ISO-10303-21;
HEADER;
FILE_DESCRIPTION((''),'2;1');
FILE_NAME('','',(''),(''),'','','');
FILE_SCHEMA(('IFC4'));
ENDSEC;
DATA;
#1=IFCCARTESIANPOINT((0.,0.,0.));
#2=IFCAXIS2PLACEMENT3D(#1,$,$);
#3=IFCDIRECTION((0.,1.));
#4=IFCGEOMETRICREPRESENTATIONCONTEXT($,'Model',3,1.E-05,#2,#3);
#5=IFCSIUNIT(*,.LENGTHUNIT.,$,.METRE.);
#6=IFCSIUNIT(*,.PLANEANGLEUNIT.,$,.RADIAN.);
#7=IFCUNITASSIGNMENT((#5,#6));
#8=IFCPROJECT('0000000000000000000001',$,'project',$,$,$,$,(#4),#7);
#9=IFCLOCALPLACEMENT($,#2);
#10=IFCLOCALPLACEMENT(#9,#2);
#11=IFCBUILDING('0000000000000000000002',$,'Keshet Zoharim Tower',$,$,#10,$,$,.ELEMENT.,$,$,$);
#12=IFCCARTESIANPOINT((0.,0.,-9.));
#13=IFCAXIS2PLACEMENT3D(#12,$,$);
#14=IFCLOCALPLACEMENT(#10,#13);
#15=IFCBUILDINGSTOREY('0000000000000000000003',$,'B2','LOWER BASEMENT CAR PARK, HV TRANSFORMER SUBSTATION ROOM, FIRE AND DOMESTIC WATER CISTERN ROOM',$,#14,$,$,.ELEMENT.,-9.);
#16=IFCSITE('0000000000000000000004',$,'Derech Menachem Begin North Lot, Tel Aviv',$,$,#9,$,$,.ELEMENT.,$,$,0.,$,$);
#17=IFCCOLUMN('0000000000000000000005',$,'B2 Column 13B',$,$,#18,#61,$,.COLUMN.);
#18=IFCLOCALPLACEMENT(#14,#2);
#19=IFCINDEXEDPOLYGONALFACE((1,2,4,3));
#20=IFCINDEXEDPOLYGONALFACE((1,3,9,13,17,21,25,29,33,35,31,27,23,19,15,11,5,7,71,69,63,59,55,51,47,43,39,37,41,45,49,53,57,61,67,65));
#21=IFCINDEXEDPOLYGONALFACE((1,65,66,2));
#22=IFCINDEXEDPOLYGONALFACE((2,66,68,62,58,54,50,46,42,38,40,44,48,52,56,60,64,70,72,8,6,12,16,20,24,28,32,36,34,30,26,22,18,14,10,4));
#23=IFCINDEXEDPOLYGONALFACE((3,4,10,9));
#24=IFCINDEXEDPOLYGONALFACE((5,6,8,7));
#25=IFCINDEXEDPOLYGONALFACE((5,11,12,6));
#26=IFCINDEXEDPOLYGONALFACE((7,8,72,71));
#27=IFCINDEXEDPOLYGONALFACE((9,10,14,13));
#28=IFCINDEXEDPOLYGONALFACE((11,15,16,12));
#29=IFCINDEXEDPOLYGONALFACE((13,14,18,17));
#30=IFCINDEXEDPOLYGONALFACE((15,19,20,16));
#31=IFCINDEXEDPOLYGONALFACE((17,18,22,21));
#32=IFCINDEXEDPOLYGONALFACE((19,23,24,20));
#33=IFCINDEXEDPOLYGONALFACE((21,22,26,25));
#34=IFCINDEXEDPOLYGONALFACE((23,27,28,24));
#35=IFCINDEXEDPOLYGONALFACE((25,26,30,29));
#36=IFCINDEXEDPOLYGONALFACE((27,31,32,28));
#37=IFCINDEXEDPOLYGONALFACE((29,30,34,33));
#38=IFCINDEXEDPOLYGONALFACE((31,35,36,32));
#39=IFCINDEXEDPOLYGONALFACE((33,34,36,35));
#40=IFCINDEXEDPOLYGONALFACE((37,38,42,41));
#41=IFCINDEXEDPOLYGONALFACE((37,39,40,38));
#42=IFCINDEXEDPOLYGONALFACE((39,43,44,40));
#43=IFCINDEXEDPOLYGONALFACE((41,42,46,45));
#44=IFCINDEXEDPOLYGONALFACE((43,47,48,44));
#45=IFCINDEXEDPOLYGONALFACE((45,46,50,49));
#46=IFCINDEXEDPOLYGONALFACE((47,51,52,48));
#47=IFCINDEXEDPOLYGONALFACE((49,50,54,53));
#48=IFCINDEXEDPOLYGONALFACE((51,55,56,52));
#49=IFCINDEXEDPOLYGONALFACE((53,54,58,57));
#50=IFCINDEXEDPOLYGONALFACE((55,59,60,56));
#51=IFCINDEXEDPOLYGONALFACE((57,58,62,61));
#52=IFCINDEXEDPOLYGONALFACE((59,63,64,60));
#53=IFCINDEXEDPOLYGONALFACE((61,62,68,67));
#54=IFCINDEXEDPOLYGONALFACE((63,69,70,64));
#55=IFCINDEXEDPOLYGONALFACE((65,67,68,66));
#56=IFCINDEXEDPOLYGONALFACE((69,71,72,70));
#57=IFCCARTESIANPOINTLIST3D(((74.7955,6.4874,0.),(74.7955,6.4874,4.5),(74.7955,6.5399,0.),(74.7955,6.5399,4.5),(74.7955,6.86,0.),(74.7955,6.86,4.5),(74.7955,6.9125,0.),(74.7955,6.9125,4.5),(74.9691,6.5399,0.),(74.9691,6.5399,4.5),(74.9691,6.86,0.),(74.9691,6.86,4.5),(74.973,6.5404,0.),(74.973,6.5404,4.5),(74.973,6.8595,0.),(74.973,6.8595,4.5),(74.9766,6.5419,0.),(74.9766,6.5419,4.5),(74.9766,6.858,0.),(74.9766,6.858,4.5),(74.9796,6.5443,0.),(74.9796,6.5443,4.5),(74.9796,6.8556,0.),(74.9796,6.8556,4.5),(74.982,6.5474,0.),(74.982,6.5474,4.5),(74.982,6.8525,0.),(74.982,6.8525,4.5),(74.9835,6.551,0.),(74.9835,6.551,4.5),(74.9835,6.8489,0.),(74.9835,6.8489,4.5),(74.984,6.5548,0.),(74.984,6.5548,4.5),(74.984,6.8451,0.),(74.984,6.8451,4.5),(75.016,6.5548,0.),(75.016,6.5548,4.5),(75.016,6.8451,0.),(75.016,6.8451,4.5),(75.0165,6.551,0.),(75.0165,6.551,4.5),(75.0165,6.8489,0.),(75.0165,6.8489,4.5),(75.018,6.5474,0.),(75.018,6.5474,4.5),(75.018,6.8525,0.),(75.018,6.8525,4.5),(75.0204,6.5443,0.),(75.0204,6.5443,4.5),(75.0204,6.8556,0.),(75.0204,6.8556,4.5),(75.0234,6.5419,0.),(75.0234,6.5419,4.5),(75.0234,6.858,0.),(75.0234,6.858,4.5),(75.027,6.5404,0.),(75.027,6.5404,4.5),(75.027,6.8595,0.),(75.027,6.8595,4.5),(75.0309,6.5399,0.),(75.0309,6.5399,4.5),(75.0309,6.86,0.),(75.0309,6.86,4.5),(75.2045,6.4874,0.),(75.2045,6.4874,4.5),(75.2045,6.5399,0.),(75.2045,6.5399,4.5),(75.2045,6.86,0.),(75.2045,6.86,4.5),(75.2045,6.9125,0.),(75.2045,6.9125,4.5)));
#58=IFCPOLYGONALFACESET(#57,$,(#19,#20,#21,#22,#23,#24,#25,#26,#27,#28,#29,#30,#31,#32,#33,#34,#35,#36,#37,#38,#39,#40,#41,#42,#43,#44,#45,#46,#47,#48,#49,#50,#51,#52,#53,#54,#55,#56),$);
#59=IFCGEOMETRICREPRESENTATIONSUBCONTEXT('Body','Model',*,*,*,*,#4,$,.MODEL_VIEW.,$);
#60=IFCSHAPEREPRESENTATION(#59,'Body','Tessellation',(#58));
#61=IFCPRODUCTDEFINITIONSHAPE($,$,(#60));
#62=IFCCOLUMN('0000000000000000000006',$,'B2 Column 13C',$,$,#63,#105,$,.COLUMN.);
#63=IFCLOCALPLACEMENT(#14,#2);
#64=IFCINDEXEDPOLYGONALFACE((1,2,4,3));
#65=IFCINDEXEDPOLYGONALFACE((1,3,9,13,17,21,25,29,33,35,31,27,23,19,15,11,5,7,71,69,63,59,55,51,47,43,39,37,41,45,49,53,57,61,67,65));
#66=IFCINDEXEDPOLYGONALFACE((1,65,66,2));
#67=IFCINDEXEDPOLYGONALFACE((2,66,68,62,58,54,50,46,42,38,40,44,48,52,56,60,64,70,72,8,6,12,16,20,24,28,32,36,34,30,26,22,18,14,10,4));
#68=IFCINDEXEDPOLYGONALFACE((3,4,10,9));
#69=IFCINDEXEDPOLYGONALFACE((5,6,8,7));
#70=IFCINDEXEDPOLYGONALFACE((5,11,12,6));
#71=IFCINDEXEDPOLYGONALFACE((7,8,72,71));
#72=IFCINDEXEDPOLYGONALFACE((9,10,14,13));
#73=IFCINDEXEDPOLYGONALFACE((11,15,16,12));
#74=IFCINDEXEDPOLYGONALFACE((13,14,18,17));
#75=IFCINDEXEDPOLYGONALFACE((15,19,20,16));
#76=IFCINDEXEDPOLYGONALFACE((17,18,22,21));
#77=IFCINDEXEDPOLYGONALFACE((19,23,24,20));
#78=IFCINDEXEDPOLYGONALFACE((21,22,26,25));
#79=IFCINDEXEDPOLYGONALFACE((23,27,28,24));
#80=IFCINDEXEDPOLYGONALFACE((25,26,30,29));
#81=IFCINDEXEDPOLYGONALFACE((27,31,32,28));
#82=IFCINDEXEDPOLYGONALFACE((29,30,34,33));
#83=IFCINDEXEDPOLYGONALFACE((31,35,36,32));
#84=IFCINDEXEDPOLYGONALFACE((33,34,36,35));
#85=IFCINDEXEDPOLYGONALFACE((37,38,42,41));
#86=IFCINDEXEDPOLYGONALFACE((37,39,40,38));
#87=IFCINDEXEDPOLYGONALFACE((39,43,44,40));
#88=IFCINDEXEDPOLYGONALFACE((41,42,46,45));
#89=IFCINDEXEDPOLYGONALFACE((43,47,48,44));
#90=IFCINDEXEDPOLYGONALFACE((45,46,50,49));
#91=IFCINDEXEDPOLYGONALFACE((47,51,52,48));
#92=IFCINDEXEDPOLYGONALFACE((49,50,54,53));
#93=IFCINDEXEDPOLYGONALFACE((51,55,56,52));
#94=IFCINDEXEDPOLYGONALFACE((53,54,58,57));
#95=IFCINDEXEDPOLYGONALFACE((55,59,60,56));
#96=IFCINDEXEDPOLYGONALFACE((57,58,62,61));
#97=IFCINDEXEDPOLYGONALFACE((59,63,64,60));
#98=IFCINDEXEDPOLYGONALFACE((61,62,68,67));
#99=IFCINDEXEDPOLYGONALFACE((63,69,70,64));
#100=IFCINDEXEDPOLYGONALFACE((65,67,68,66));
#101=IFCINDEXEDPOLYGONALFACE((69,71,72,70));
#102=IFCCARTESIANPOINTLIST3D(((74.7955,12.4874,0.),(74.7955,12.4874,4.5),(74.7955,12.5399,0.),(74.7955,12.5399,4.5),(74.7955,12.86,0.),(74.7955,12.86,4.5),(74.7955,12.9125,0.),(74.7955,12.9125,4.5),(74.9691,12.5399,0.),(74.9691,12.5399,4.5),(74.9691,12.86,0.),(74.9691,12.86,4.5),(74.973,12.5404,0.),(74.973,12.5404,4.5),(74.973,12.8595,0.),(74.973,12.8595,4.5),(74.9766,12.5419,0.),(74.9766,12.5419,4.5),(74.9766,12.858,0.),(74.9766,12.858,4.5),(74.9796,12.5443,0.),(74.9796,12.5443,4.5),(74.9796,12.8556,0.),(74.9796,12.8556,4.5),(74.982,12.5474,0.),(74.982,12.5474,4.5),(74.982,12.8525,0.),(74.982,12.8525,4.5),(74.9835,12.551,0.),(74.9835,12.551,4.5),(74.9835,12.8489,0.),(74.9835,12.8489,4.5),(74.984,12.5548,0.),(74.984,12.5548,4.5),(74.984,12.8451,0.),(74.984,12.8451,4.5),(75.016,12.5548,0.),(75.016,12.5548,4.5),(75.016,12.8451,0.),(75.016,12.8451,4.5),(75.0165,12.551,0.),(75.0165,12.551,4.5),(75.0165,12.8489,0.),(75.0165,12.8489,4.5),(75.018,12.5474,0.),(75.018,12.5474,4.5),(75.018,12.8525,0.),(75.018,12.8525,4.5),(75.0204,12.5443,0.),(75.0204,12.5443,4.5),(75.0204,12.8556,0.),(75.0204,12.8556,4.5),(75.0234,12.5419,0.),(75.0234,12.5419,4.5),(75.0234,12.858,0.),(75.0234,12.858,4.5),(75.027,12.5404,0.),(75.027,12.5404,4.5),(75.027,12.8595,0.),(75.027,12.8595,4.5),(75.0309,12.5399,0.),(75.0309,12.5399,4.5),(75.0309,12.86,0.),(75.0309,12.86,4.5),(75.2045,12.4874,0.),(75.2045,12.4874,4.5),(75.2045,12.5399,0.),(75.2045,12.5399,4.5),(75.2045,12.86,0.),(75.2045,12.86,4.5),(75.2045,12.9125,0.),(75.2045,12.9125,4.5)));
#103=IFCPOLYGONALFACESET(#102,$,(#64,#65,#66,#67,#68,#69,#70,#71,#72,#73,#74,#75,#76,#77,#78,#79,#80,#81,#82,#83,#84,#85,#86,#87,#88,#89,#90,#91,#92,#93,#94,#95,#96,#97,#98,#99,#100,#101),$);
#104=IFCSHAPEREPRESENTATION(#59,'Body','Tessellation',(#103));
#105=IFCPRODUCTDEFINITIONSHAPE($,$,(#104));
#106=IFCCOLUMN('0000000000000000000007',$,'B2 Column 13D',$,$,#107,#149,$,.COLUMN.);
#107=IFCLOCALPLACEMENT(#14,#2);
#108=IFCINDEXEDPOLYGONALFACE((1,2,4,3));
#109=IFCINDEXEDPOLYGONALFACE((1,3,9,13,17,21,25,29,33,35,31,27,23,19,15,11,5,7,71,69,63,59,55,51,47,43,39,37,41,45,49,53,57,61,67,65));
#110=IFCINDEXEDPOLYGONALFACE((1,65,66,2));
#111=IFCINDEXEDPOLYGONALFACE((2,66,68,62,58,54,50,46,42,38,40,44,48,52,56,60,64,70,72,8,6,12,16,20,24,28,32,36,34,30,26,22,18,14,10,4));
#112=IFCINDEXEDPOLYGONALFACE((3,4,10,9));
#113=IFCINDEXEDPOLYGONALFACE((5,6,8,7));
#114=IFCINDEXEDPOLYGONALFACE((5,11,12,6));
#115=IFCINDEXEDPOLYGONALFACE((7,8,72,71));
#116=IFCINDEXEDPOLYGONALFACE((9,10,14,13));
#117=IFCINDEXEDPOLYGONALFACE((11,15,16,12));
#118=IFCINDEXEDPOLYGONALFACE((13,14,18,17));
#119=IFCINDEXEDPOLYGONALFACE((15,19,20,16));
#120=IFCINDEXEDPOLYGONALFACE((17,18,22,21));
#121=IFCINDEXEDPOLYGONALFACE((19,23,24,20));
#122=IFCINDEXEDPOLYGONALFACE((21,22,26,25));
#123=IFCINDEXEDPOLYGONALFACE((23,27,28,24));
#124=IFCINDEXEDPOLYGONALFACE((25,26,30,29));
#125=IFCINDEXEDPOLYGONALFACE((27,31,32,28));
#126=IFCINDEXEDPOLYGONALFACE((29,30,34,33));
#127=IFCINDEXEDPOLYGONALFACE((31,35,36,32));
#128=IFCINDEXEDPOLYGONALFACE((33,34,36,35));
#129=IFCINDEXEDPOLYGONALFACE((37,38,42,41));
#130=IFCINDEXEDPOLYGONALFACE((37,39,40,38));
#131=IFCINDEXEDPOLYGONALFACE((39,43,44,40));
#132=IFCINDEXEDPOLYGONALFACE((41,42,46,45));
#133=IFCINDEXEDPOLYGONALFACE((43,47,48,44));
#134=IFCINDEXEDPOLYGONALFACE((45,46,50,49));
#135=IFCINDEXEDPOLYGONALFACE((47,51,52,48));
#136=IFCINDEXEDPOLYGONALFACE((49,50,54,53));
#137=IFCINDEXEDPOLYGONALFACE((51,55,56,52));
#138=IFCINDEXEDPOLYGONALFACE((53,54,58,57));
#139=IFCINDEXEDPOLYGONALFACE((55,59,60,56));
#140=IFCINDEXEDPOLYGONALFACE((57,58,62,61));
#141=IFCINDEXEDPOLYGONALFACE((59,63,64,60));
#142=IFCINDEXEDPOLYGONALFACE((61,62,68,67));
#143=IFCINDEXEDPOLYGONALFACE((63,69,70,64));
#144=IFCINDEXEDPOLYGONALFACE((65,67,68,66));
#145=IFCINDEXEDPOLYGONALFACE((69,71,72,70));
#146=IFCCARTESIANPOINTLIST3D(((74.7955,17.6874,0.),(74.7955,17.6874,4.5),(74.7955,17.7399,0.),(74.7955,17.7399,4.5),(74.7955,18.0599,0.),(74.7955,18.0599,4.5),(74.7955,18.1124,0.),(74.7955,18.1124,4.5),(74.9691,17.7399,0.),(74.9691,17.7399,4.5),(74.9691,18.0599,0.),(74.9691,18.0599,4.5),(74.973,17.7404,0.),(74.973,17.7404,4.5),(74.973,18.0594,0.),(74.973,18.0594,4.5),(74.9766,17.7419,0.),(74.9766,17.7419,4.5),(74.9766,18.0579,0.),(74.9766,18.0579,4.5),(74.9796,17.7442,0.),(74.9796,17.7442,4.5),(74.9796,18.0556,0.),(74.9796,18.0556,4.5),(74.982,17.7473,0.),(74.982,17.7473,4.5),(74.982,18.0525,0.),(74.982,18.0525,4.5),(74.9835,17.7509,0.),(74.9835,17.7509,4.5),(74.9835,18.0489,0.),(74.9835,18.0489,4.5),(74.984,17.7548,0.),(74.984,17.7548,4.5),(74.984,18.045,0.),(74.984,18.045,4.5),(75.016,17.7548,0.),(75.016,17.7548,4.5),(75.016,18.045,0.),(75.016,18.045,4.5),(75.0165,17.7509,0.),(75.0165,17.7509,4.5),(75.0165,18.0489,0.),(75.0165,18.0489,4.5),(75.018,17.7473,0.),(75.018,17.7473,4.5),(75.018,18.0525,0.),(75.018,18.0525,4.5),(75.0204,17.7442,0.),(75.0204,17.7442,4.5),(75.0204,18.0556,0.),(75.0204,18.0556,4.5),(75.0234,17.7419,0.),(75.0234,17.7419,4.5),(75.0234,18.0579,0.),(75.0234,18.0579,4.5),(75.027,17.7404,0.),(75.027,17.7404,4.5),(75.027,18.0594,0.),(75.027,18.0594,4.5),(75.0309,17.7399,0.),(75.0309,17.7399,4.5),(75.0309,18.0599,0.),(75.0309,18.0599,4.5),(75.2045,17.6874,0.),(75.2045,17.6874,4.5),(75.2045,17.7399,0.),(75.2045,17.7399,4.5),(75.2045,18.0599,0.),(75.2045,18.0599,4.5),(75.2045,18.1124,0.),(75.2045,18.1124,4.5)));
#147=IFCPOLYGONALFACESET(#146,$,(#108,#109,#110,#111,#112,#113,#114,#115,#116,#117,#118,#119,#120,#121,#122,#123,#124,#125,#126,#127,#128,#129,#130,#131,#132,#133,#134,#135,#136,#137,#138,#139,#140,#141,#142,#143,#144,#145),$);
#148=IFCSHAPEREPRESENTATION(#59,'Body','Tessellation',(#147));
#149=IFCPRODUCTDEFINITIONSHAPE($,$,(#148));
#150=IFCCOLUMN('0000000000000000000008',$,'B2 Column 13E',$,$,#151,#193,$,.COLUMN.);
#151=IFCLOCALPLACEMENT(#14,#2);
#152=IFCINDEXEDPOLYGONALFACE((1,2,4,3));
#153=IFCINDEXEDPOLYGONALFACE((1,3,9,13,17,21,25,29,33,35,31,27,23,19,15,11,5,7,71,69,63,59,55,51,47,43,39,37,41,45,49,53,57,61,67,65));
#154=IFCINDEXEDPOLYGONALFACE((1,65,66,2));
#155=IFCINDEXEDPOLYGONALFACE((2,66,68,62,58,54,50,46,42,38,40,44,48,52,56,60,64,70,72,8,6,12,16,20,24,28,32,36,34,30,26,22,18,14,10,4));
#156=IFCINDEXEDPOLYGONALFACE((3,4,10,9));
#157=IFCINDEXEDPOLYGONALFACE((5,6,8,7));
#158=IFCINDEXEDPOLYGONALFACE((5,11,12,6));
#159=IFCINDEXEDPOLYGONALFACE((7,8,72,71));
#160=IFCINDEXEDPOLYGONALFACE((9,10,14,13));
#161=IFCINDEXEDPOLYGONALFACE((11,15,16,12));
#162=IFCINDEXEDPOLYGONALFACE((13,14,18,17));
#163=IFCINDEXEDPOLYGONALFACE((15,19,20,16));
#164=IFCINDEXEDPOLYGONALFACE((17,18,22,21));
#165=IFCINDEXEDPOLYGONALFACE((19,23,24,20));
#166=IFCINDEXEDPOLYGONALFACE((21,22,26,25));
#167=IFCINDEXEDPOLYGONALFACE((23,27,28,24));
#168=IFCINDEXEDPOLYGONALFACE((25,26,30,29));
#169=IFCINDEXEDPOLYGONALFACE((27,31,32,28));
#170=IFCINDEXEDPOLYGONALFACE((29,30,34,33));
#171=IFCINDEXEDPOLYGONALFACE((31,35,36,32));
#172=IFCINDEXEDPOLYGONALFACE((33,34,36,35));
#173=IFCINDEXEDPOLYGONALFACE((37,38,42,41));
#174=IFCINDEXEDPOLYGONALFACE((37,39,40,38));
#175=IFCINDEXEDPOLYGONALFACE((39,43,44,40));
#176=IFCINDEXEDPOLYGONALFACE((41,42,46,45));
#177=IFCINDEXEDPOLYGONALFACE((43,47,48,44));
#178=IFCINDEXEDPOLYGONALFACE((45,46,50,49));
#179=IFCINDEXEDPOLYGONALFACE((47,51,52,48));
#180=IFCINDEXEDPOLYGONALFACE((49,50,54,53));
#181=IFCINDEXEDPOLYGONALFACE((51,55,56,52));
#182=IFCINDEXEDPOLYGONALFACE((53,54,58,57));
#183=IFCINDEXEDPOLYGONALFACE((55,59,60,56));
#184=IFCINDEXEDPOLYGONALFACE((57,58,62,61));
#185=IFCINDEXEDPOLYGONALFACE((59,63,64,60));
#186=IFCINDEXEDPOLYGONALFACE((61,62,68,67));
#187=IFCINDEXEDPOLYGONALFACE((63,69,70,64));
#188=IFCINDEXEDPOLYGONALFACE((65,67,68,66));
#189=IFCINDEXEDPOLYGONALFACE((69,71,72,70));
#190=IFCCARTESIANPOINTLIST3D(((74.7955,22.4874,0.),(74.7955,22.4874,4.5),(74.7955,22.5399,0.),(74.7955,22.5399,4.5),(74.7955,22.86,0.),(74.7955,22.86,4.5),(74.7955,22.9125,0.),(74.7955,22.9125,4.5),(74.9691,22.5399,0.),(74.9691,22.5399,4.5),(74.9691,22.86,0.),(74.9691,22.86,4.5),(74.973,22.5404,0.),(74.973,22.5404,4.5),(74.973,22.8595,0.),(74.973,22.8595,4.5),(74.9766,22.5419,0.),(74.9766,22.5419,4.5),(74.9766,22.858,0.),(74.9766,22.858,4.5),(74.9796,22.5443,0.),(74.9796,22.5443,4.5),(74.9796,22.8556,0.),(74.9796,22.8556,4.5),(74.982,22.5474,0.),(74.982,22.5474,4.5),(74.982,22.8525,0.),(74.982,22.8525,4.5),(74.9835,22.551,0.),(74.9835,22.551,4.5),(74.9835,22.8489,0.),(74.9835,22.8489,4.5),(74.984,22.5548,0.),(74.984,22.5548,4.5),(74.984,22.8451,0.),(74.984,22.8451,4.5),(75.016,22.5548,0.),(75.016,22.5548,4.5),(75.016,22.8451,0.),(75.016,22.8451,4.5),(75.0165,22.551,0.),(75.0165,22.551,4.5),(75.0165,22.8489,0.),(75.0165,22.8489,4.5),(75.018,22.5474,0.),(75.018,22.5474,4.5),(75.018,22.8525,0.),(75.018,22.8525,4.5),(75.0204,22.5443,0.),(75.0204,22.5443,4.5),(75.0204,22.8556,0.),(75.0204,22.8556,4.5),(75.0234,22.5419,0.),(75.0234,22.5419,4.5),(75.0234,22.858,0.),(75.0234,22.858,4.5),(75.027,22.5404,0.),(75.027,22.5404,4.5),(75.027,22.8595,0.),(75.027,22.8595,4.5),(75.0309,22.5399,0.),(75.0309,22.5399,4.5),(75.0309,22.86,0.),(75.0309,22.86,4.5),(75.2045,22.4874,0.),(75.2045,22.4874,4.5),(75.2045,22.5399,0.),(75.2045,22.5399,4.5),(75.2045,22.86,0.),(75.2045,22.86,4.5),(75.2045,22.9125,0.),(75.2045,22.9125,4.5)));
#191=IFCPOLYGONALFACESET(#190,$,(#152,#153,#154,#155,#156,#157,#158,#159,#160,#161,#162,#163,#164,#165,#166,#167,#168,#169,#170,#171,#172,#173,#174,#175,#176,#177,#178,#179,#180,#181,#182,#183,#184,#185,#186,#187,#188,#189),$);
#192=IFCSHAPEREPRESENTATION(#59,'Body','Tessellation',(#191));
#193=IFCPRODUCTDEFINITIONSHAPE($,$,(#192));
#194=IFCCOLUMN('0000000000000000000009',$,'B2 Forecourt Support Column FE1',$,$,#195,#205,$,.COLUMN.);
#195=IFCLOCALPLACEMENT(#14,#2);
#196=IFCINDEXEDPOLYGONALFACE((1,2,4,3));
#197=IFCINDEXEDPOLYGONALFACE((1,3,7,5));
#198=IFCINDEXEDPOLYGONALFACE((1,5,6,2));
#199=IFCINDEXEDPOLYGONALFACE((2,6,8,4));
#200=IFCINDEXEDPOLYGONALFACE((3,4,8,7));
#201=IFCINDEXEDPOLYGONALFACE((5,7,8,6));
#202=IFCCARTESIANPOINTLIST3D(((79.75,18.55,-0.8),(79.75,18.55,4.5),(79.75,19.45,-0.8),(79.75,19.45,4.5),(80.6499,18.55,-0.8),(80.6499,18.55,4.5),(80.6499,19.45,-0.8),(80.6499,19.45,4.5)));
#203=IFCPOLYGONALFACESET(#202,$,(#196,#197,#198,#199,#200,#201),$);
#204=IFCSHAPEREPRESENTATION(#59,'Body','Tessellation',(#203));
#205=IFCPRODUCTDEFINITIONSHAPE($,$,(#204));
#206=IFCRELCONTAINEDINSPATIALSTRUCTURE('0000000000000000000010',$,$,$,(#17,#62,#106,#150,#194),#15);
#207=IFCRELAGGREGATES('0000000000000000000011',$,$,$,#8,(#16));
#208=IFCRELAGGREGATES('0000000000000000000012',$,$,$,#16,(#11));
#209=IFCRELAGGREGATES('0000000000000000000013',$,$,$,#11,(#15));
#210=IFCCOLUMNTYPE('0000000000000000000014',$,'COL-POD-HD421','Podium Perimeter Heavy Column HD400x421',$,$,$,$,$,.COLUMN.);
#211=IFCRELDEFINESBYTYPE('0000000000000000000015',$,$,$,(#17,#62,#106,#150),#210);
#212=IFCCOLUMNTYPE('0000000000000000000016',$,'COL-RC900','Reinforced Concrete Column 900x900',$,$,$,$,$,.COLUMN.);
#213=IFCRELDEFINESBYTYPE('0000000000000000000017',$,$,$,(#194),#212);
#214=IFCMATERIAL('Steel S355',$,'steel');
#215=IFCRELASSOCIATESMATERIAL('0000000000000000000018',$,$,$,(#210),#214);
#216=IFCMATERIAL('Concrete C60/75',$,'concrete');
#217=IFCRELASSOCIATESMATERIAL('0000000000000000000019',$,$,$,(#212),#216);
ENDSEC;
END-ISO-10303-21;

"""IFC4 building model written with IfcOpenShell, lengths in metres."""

from ifc_helpers import new_model, si_unit, direction, frame, origin, origin_2d, place, context, subcontext, project, spatial, rectangle, i_section, extrude, material, material_profile, profile_set, type_object, element, save


model = new_model("IFC4")

# Units and contexts
model_context = context("Model", 3, precision=1e-05, world=origin(), true_north=direction((0.0, 1.0)))
body_context = subcontext(model_context, "Body", "Model", "MODEL_VIEW")
ifc_project = project(units=[si_unit("LENGTHUNIT", "METRE"), si_unit("PLANEANGLEUNIT", "RADIAN")], contexts=[model_context])

# Site, building, storey
site_placement = place(None, origin())
site = spatial("IfcSite", under=ifc_project, at=site_placement, Name="Derech Menachem Begin North Lot, Tel Aviv", CompositionType="ELEMENT", RefElevation=0.0)
building_placement = place(site_placement, origin())
building = spatial("IfcBuilding", under=site, at=building_placement, Name="Keshet Zoharim Tower", CompositionType="ELEMENT")
storey_placement = place(building_placement, frame((0.0, 0.0, -9.0)))
storey = spatial("IfcBuildingStorey", under=building, at=storey_placement, Name="B2", Description="LOWER BASEMENT CAR PARK, HV TRANSFORMER SUBSTATION ROOM, FIRE AND DOMESTIC WATER CISTERN ROOM", CompositionType="ELEMENT", Elevation=-9.0)

# Columns
ifc_material_1 = material(Name="Steel S355", Category="steel")
ifc_material_profile_1 = material_profile(ifc_material_1, i_section(OverallWidth=0.4089, OverallDepth=0.425, WebThickness=0.032, FlangeThickness=0.0525, FilletRadius=0.0149, at=origin_2d()), Name="HD400x421")
ifc_profile_set_1 = profile_set([ifc_material_profile_1], Name="Steel S355")
column_type_1 = type_object("IfcColumnType", Name="COL-POD-HD421", Description="Podium Perimeter Heavy Column HD400x421", PredefinedType="COLUMN", material=ifc_profile_set_1)
for number, where, z_axis, x_axis, name in (
    (1, (75.0, 6.7, 0.0), (0.0, 0.0, 1.0), (1.0, 0.0, 0.0), "B2 Column 13B"),
    (2, (75.0, 12.7, 0.0), (0.0, 0.0, 1.0), (1.0, 0.0, 0.0), "B2 Column 13C"),
    (3, (75.0, 17.8999, 0.0), (0.0, 0.0, 1.0), (1.0, 0.0, 0.0), "B2 Column 13D"),
    (4, (75.0, 22.7, 0.0), (0.0, 0.0, 1.0), (1.0, 0.0, 0.0), "B2 Column 13E"),
):
    element("IfcColumn", number, at=place(storey_placement, frame(where, z_axis=z_axis, x_axis=x_axis)), inside=storey, type_object=column_type_1, Name=name, PredefinedType="COLUMN", context=body_context, shape_type="SweptSolid", body=[
        extrude(i_section(OverallWidth=0.4089, OverallDepth=0.425, WebThickness=0.032, FlangeThickness=0.0525, FilletRadius=0.0149, at=origin_2d()), origin(), (0.0, 0.0, 1.0), 4.5),
    ])
ifc_material_2 = material(Name="Concrete C60/75", Category="concrete")
ifc_material_profile_2 = material_profile(ifc_material_2, rectangle(XDim=0.8999, YDim=0.8999, at=origin_2d()), Name="RC900x900")
ifc_profile_set_2 = profile_set([ifc_material_profile_2], Name="Concrete C60/75")
column_type_2 = type_object("IfcColumnType", Name="COL-RC900", Description="Reinforced Concrete Column 900x900", PredefinedType="COLUMN", material=ifc_profile_set_2)
column_placement = place(storey_placement, frame((80.2, 19.0, -0.8), z_axis=(0.0, 0.0, 1.0), x_axis=(1.0, 0.0, 0.0)))
element("IfcColumn", 5, at=column_placement, inside=storey, type_object=column_type_2, Name="B2 Forecourt Support Column FE1", PredefinedType="COLUMN", context=body_context, shape_type="SweptSolid", body=[
    extrude(rectangle(XDim=0.8999, YDim=0.8999, at=origin_2d()), origin(), (0.0, 0.0, 1.0), 5.3),
])

save(model, "model.ifc")
